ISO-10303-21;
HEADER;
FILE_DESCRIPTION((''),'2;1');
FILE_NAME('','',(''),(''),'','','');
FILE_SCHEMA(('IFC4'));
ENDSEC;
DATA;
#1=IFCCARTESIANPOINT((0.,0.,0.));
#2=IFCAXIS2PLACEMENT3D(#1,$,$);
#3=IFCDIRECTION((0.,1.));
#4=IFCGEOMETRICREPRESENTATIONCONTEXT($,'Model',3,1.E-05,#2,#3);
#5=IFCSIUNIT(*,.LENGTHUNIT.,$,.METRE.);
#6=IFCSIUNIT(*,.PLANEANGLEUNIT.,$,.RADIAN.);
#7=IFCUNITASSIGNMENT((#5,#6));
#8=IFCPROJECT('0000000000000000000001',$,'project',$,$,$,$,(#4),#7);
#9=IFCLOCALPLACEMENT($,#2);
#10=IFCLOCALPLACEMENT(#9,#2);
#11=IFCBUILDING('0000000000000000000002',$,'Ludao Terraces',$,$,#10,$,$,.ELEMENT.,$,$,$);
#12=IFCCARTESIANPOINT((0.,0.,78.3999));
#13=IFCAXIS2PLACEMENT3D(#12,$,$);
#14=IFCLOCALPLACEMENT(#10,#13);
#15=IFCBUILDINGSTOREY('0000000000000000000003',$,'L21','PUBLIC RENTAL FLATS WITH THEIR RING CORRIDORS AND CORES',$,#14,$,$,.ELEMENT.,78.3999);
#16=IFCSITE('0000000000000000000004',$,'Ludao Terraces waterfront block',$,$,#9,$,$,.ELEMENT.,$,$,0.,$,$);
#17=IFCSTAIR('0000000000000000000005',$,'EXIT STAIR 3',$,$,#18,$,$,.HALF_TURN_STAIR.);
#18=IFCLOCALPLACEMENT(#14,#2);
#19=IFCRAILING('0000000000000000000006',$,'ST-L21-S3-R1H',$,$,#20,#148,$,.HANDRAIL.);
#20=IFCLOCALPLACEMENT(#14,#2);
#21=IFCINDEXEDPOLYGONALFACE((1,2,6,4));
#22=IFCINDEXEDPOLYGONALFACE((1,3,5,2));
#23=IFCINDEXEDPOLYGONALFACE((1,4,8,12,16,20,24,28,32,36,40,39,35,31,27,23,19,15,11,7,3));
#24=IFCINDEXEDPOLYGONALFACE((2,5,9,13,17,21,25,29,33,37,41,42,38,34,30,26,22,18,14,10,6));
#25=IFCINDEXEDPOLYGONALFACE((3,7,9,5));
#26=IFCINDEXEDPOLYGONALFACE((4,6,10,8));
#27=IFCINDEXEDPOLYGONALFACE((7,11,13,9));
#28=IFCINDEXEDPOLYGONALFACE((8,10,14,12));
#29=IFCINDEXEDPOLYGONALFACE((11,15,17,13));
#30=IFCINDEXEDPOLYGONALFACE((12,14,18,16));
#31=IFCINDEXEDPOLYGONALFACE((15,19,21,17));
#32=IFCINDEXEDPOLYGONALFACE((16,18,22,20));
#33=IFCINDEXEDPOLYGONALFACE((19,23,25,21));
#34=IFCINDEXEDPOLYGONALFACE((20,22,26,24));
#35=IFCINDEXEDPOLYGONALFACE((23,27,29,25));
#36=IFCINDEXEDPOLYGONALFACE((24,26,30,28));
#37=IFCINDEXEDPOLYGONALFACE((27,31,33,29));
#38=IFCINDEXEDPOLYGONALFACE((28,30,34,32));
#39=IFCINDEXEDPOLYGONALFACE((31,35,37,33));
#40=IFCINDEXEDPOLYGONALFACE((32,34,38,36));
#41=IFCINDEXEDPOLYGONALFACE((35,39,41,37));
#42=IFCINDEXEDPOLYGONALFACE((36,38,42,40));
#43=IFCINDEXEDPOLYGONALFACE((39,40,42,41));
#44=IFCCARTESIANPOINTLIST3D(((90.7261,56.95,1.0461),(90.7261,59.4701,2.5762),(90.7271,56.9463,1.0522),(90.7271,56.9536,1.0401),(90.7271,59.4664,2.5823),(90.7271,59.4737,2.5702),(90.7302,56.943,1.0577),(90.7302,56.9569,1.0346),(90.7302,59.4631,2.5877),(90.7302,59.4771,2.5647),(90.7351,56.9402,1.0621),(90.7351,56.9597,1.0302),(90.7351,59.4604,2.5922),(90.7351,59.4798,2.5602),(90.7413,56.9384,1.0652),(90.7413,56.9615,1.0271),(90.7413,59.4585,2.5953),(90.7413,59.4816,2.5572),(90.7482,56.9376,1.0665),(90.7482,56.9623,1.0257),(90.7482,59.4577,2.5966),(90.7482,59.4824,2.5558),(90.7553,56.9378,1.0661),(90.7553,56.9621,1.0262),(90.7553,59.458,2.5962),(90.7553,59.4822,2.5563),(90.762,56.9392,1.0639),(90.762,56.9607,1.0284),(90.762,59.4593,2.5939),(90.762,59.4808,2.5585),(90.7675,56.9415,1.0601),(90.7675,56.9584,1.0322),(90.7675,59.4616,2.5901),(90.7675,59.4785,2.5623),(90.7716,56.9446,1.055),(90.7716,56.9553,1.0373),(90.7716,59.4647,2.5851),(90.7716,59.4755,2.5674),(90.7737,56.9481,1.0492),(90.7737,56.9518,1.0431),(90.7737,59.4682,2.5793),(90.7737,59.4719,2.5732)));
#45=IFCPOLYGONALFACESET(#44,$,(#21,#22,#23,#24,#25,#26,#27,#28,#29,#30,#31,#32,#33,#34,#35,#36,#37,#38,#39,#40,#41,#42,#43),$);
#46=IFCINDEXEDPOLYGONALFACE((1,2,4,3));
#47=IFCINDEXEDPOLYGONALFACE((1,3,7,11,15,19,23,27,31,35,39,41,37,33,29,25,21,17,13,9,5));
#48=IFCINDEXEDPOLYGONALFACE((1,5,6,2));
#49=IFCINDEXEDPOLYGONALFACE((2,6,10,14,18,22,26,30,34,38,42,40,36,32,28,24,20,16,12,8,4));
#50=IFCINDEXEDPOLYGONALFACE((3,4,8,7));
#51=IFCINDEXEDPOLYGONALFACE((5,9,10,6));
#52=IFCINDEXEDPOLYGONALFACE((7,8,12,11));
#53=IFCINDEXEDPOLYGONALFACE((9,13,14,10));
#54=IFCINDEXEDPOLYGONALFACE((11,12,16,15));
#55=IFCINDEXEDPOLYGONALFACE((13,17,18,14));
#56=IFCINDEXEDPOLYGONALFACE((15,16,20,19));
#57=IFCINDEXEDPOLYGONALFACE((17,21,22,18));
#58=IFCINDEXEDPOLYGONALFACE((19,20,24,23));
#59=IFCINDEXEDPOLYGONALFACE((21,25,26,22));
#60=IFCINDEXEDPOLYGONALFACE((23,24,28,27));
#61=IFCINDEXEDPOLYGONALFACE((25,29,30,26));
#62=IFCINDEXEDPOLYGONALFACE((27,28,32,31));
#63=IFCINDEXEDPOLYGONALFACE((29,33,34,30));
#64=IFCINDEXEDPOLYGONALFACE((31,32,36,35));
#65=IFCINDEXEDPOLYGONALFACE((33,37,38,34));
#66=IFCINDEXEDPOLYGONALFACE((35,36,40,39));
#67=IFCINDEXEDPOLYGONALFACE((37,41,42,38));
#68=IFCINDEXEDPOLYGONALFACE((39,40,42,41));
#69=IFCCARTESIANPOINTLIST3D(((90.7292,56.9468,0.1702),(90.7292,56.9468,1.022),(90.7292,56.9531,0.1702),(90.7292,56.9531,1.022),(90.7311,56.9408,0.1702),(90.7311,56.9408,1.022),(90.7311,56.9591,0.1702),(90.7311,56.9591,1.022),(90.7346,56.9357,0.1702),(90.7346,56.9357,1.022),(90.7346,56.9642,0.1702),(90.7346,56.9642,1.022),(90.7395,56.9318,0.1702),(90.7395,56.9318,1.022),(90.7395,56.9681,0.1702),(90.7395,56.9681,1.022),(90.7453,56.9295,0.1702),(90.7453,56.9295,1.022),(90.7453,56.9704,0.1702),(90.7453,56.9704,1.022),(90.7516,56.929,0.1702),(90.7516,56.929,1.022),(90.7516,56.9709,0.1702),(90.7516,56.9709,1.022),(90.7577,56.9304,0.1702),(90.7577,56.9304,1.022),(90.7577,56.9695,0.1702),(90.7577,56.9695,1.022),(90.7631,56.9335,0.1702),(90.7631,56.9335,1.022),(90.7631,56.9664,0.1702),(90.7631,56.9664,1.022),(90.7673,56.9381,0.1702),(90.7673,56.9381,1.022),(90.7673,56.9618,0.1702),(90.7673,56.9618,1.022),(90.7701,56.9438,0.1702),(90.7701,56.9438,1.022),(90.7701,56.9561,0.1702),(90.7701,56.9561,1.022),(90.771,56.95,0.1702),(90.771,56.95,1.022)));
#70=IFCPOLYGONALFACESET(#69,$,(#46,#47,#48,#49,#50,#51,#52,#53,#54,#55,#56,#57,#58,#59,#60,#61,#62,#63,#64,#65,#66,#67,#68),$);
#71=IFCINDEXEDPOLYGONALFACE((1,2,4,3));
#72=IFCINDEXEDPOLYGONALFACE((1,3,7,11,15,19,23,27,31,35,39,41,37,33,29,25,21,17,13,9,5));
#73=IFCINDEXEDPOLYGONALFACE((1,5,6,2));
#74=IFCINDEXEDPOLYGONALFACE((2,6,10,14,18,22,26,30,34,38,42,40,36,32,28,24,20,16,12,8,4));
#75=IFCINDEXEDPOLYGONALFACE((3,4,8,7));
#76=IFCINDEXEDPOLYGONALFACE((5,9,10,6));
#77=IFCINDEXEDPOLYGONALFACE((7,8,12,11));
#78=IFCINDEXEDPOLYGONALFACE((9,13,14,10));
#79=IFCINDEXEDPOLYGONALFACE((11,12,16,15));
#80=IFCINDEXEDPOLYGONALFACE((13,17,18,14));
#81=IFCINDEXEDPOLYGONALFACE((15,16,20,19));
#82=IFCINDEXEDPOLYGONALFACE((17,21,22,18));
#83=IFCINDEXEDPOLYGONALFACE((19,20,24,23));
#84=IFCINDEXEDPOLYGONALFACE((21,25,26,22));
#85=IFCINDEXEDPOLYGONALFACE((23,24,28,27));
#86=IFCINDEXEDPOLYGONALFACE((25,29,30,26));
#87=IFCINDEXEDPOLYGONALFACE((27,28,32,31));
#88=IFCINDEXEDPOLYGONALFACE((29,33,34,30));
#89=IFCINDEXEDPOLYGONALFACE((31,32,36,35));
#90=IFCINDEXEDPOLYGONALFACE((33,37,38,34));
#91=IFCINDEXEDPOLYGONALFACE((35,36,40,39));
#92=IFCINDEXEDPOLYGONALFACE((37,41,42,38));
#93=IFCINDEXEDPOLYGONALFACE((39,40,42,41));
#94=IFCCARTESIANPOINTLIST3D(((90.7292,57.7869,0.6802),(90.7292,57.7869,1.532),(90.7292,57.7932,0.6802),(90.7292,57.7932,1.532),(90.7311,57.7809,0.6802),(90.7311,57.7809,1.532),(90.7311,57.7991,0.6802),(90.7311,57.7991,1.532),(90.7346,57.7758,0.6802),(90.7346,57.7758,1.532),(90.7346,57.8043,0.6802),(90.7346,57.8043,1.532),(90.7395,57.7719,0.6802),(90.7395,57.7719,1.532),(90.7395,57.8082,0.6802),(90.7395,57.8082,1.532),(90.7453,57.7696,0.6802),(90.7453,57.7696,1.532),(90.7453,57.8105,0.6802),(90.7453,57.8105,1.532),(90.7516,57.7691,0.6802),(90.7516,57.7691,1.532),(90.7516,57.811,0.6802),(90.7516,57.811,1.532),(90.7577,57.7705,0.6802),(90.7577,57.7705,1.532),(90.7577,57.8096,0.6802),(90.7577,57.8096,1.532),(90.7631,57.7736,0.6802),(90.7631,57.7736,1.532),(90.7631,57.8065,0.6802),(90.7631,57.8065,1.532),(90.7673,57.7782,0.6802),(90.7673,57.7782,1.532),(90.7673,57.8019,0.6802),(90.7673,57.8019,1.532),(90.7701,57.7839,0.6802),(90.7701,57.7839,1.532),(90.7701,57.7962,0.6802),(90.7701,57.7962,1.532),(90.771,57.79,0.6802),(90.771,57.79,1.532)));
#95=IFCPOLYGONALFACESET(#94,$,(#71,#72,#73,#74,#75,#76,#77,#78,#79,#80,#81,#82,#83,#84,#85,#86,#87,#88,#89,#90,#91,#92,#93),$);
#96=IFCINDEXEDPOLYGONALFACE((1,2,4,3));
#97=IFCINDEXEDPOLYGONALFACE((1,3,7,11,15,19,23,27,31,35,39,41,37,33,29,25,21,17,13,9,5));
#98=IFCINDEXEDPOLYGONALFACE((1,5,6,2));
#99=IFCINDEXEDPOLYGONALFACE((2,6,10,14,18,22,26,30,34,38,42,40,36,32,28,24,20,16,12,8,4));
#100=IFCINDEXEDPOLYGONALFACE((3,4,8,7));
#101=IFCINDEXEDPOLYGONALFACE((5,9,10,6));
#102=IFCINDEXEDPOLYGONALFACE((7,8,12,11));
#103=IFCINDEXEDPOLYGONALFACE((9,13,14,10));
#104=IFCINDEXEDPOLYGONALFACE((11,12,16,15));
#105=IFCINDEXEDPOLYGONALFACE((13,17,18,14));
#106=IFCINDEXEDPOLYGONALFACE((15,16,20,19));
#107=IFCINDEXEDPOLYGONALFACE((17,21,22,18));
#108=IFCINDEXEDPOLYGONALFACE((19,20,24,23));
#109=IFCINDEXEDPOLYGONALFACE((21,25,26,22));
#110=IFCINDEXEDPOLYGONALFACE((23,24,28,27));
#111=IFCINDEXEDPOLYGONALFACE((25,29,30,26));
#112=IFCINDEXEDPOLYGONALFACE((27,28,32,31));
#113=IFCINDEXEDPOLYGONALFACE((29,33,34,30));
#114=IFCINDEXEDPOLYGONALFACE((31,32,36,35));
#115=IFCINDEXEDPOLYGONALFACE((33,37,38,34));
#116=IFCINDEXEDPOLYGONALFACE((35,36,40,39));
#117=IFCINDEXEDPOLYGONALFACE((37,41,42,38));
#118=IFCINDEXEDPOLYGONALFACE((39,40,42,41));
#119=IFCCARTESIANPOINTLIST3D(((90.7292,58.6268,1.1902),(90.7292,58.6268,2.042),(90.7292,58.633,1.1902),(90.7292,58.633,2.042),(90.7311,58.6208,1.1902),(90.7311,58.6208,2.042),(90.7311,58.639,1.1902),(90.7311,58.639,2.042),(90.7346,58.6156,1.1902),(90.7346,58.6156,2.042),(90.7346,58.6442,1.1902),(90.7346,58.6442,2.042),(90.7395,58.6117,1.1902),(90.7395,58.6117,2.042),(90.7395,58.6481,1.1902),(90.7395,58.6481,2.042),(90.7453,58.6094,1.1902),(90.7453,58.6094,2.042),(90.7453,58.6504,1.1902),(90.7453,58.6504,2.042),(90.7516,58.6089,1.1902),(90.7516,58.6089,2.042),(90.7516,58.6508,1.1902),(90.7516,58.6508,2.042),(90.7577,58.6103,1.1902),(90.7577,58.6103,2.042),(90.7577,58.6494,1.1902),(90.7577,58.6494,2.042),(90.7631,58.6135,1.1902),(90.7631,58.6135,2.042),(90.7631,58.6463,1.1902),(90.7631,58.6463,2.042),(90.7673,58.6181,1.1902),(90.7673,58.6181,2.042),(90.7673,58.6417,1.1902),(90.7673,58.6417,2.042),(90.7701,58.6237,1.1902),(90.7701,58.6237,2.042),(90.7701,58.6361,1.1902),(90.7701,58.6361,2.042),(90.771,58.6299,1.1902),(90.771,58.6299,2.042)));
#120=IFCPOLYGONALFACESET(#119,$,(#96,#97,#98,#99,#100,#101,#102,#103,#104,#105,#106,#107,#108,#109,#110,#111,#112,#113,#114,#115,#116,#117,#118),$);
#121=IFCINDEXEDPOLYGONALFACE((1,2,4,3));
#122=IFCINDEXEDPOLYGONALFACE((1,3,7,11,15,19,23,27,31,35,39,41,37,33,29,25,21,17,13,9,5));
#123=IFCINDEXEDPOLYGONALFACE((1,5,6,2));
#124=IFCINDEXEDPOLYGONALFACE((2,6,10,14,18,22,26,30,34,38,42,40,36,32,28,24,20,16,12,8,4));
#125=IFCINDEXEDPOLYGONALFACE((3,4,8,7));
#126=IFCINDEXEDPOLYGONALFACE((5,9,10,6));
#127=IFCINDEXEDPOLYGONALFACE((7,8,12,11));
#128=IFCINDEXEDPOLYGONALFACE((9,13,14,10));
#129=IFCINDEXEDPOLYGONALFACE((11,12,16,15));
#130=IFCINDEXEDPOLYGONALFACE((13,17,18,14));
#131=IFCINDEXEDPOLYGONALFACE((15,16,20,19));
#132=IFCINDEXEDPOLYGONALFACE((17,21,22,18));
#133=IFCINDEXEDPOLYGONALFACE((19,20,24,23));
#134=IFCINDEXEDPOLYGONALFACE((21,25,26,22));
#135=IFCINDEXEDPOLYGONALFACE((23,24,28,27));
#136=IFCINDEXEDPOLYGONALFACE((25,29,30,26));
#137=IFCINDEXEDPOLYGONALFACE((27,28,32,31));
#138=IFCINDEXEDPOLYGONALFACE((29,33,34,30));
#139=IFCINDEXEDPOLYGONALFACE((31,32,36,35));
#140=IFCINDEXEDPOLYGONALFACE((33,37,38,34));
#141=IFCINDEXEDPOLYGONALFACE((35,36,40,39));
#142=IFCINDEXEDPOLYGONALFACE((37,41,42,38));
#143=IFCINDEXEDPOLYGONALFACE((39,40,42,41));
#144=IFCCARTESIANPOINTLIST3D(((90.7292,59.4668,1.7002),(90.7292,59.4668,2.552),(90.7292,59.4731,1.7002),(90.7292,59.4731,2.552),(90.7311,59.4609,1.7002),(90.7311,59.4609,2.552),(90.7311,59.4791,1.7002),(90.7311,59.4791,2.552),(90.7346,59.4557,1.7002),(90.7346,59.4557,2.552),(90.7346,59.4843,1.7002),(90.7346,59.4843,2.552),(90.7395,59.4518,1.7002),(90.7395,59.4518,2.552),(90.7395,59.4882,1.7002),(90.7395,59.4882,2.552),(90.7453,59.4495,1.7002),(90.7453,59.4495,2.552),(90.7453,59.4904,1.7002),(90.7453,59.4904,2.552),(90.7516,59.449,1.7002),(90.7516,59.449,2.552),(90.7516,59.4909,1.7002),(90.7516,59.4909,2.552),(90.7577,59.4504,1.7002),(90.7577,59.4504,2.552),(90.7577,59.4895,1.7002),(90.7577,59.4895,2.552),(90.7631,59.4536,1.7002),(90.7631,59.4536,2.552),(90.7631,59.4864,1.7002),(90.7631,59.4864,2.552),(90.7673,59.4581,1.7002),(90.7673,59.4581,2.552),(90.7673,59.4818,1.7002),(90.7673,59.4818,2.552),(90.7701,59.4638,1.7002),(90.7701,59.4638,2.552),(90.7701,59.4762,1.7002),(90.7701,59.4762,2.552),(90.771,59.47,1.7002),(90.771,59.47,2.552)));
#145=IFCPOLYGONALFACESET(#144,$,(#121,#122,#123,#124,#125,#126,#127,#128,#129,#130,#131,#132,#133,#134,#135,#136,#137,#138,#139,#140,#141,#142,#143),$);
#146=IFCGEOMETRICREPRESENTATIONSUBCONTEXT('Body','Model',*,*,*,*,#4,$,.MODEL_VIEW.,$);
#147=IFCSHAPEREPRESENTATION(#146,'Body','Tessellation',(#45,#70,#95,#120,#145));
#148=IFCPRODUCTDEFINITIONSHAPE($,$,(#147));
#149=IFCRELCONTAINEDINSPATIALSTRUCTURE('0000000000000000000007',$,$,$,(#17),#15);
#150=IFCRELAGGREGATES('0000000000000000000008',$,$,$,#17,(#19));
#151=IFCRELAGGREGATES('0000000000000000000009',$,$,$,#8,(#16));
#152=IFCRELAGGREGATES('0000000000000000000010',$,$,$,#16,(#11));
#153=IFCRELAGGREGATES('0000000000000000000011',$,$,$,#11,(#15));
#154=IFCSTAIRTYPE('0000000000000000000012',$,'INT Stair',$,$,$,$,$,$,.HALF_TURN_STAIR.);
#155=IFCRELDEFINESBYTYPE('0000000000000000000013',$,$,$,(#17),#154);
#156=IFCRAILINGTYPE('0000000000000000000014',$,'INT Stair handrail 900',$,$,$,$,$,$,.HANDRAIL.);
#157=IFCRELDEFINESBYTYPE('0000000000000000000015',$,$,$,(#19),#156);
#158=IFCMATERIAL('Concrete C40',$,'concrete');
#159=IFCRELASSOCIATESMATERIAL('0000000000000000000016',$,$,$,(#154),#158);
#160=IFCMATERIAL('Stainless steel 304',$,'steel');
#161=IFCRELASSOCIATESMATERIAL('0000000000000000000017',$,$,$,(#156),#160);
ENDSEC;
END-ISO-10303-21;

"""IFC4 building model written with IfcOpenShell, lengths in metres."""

from ifc_helpers import new_model, si_unit, direction, frame, origin, origin_2d, place, context, subcontext, project, spatial, circle, extrude, material, type_object, element, aggregate, save


model = new_model("IFC4")

# Units and contexts
model_context = context("Model", 3, precision=1e-05, world=origin(), true_north=direction((0.0, 1.0)))
body_context = subcontext(model_context, "Body", "Model", "MODEL_VIEW")
ifc_project = project(units=[si_unit("LENGTHUNIT", "METRE"), si_unit("PLANEANGLEUNIT", "RADIAN")], contexts=[model_context])

# Site, building, storey
site_placement = place(None, origin())
site = spatial("IfcSite", under=ifc_project, at=site_placement, Name="Ludao Terraces waterfront block", CompositionType="ELEMENT", RefElevation=0.0)
building_placement = place(site_placement, origin())
building = spatial("IfcBuilding", under=site, at=building_placement, Name="Ludao Terraces", CompositionType="ELEMENT")
storey_placement = place(building_placement, frame((0.0, 0.0, 78.3999)))
storey = spatial("IfcBuildingStorey", under=building, at=storey_placement, Name="L21", Description="PUBLIC RENTAL FLATS WITH THEIR RING CORRIDORS AND CORES", CompositionType="ELEMENT", Elevation=78.3999)

# Stair, railing
ifc_material_1 = material(Name="Concrete C40", Category="concrete")
stair_type = type_object("IfcStairType", Name="INT Stair", PredefinedType="HALF_TURN_STAIR", material=ifc_material_1)
stair_placement = place(storey_placement, origin())
stair = element("IfcStair", 1, at=stair_placement, inside=storey, type_object=stair_type, Name="EXIT STAIR 3", PredefinedType="HALF_TURN_STAIR")
ifc_material_2 = material(Name="Stainless steel 304", Category="steel")
railing_type_1 = type_object("IfcRailingType", Name="INT Stair handrail 900", PredefinedType="HANDRAIL", material=ifc_material_2)
railing_1_placement = place(storey_placement, frame((90.75, 56.95, 0.1702)))
railing_1 = element("IfcRailing", 2, at=railing_1_placement, type_object=railing_type_1, Name="ST-L21-S3-R1H", PredefinedType="HANDRAIL", context=body_context, shape_type="SweptSolid", body=[
    extrude(circle(Radius=0.0239, at=origin_2d()), frame((0.0, 0.0, 0.876), z_axis=(0.0, 0.854785, 0.518982), x_axis=(-1.0, 0.0, 0.0)), (0.0, 0.0, 1.0), 2.9482),
    extrude(circle(Radius=0.021, at=origin_2d()), origin(), (0.0, 0.0, 1.0), 0.8518),
    extrude(circle(Radius=0.021, at=origin_2d()), frame((0.0, 0.8401, 0.51)), (0.0, 0.0, 1.0), 0.8518),
    extrude(circle(Radius=0.021, at=origin_2d()), frame((0.0, 1.6799, 1.02)), (0.0, 0.0, 1.0), 0.8518),
    extrude(circle(Radius=0.021, at=origin_2d()), frame((0.0, 2.52, 1.53)), (0.0, 0.0, 1.0), 0.8518),
])
aggregate(stair, [railing_1])

save(model, "model.ifc")
